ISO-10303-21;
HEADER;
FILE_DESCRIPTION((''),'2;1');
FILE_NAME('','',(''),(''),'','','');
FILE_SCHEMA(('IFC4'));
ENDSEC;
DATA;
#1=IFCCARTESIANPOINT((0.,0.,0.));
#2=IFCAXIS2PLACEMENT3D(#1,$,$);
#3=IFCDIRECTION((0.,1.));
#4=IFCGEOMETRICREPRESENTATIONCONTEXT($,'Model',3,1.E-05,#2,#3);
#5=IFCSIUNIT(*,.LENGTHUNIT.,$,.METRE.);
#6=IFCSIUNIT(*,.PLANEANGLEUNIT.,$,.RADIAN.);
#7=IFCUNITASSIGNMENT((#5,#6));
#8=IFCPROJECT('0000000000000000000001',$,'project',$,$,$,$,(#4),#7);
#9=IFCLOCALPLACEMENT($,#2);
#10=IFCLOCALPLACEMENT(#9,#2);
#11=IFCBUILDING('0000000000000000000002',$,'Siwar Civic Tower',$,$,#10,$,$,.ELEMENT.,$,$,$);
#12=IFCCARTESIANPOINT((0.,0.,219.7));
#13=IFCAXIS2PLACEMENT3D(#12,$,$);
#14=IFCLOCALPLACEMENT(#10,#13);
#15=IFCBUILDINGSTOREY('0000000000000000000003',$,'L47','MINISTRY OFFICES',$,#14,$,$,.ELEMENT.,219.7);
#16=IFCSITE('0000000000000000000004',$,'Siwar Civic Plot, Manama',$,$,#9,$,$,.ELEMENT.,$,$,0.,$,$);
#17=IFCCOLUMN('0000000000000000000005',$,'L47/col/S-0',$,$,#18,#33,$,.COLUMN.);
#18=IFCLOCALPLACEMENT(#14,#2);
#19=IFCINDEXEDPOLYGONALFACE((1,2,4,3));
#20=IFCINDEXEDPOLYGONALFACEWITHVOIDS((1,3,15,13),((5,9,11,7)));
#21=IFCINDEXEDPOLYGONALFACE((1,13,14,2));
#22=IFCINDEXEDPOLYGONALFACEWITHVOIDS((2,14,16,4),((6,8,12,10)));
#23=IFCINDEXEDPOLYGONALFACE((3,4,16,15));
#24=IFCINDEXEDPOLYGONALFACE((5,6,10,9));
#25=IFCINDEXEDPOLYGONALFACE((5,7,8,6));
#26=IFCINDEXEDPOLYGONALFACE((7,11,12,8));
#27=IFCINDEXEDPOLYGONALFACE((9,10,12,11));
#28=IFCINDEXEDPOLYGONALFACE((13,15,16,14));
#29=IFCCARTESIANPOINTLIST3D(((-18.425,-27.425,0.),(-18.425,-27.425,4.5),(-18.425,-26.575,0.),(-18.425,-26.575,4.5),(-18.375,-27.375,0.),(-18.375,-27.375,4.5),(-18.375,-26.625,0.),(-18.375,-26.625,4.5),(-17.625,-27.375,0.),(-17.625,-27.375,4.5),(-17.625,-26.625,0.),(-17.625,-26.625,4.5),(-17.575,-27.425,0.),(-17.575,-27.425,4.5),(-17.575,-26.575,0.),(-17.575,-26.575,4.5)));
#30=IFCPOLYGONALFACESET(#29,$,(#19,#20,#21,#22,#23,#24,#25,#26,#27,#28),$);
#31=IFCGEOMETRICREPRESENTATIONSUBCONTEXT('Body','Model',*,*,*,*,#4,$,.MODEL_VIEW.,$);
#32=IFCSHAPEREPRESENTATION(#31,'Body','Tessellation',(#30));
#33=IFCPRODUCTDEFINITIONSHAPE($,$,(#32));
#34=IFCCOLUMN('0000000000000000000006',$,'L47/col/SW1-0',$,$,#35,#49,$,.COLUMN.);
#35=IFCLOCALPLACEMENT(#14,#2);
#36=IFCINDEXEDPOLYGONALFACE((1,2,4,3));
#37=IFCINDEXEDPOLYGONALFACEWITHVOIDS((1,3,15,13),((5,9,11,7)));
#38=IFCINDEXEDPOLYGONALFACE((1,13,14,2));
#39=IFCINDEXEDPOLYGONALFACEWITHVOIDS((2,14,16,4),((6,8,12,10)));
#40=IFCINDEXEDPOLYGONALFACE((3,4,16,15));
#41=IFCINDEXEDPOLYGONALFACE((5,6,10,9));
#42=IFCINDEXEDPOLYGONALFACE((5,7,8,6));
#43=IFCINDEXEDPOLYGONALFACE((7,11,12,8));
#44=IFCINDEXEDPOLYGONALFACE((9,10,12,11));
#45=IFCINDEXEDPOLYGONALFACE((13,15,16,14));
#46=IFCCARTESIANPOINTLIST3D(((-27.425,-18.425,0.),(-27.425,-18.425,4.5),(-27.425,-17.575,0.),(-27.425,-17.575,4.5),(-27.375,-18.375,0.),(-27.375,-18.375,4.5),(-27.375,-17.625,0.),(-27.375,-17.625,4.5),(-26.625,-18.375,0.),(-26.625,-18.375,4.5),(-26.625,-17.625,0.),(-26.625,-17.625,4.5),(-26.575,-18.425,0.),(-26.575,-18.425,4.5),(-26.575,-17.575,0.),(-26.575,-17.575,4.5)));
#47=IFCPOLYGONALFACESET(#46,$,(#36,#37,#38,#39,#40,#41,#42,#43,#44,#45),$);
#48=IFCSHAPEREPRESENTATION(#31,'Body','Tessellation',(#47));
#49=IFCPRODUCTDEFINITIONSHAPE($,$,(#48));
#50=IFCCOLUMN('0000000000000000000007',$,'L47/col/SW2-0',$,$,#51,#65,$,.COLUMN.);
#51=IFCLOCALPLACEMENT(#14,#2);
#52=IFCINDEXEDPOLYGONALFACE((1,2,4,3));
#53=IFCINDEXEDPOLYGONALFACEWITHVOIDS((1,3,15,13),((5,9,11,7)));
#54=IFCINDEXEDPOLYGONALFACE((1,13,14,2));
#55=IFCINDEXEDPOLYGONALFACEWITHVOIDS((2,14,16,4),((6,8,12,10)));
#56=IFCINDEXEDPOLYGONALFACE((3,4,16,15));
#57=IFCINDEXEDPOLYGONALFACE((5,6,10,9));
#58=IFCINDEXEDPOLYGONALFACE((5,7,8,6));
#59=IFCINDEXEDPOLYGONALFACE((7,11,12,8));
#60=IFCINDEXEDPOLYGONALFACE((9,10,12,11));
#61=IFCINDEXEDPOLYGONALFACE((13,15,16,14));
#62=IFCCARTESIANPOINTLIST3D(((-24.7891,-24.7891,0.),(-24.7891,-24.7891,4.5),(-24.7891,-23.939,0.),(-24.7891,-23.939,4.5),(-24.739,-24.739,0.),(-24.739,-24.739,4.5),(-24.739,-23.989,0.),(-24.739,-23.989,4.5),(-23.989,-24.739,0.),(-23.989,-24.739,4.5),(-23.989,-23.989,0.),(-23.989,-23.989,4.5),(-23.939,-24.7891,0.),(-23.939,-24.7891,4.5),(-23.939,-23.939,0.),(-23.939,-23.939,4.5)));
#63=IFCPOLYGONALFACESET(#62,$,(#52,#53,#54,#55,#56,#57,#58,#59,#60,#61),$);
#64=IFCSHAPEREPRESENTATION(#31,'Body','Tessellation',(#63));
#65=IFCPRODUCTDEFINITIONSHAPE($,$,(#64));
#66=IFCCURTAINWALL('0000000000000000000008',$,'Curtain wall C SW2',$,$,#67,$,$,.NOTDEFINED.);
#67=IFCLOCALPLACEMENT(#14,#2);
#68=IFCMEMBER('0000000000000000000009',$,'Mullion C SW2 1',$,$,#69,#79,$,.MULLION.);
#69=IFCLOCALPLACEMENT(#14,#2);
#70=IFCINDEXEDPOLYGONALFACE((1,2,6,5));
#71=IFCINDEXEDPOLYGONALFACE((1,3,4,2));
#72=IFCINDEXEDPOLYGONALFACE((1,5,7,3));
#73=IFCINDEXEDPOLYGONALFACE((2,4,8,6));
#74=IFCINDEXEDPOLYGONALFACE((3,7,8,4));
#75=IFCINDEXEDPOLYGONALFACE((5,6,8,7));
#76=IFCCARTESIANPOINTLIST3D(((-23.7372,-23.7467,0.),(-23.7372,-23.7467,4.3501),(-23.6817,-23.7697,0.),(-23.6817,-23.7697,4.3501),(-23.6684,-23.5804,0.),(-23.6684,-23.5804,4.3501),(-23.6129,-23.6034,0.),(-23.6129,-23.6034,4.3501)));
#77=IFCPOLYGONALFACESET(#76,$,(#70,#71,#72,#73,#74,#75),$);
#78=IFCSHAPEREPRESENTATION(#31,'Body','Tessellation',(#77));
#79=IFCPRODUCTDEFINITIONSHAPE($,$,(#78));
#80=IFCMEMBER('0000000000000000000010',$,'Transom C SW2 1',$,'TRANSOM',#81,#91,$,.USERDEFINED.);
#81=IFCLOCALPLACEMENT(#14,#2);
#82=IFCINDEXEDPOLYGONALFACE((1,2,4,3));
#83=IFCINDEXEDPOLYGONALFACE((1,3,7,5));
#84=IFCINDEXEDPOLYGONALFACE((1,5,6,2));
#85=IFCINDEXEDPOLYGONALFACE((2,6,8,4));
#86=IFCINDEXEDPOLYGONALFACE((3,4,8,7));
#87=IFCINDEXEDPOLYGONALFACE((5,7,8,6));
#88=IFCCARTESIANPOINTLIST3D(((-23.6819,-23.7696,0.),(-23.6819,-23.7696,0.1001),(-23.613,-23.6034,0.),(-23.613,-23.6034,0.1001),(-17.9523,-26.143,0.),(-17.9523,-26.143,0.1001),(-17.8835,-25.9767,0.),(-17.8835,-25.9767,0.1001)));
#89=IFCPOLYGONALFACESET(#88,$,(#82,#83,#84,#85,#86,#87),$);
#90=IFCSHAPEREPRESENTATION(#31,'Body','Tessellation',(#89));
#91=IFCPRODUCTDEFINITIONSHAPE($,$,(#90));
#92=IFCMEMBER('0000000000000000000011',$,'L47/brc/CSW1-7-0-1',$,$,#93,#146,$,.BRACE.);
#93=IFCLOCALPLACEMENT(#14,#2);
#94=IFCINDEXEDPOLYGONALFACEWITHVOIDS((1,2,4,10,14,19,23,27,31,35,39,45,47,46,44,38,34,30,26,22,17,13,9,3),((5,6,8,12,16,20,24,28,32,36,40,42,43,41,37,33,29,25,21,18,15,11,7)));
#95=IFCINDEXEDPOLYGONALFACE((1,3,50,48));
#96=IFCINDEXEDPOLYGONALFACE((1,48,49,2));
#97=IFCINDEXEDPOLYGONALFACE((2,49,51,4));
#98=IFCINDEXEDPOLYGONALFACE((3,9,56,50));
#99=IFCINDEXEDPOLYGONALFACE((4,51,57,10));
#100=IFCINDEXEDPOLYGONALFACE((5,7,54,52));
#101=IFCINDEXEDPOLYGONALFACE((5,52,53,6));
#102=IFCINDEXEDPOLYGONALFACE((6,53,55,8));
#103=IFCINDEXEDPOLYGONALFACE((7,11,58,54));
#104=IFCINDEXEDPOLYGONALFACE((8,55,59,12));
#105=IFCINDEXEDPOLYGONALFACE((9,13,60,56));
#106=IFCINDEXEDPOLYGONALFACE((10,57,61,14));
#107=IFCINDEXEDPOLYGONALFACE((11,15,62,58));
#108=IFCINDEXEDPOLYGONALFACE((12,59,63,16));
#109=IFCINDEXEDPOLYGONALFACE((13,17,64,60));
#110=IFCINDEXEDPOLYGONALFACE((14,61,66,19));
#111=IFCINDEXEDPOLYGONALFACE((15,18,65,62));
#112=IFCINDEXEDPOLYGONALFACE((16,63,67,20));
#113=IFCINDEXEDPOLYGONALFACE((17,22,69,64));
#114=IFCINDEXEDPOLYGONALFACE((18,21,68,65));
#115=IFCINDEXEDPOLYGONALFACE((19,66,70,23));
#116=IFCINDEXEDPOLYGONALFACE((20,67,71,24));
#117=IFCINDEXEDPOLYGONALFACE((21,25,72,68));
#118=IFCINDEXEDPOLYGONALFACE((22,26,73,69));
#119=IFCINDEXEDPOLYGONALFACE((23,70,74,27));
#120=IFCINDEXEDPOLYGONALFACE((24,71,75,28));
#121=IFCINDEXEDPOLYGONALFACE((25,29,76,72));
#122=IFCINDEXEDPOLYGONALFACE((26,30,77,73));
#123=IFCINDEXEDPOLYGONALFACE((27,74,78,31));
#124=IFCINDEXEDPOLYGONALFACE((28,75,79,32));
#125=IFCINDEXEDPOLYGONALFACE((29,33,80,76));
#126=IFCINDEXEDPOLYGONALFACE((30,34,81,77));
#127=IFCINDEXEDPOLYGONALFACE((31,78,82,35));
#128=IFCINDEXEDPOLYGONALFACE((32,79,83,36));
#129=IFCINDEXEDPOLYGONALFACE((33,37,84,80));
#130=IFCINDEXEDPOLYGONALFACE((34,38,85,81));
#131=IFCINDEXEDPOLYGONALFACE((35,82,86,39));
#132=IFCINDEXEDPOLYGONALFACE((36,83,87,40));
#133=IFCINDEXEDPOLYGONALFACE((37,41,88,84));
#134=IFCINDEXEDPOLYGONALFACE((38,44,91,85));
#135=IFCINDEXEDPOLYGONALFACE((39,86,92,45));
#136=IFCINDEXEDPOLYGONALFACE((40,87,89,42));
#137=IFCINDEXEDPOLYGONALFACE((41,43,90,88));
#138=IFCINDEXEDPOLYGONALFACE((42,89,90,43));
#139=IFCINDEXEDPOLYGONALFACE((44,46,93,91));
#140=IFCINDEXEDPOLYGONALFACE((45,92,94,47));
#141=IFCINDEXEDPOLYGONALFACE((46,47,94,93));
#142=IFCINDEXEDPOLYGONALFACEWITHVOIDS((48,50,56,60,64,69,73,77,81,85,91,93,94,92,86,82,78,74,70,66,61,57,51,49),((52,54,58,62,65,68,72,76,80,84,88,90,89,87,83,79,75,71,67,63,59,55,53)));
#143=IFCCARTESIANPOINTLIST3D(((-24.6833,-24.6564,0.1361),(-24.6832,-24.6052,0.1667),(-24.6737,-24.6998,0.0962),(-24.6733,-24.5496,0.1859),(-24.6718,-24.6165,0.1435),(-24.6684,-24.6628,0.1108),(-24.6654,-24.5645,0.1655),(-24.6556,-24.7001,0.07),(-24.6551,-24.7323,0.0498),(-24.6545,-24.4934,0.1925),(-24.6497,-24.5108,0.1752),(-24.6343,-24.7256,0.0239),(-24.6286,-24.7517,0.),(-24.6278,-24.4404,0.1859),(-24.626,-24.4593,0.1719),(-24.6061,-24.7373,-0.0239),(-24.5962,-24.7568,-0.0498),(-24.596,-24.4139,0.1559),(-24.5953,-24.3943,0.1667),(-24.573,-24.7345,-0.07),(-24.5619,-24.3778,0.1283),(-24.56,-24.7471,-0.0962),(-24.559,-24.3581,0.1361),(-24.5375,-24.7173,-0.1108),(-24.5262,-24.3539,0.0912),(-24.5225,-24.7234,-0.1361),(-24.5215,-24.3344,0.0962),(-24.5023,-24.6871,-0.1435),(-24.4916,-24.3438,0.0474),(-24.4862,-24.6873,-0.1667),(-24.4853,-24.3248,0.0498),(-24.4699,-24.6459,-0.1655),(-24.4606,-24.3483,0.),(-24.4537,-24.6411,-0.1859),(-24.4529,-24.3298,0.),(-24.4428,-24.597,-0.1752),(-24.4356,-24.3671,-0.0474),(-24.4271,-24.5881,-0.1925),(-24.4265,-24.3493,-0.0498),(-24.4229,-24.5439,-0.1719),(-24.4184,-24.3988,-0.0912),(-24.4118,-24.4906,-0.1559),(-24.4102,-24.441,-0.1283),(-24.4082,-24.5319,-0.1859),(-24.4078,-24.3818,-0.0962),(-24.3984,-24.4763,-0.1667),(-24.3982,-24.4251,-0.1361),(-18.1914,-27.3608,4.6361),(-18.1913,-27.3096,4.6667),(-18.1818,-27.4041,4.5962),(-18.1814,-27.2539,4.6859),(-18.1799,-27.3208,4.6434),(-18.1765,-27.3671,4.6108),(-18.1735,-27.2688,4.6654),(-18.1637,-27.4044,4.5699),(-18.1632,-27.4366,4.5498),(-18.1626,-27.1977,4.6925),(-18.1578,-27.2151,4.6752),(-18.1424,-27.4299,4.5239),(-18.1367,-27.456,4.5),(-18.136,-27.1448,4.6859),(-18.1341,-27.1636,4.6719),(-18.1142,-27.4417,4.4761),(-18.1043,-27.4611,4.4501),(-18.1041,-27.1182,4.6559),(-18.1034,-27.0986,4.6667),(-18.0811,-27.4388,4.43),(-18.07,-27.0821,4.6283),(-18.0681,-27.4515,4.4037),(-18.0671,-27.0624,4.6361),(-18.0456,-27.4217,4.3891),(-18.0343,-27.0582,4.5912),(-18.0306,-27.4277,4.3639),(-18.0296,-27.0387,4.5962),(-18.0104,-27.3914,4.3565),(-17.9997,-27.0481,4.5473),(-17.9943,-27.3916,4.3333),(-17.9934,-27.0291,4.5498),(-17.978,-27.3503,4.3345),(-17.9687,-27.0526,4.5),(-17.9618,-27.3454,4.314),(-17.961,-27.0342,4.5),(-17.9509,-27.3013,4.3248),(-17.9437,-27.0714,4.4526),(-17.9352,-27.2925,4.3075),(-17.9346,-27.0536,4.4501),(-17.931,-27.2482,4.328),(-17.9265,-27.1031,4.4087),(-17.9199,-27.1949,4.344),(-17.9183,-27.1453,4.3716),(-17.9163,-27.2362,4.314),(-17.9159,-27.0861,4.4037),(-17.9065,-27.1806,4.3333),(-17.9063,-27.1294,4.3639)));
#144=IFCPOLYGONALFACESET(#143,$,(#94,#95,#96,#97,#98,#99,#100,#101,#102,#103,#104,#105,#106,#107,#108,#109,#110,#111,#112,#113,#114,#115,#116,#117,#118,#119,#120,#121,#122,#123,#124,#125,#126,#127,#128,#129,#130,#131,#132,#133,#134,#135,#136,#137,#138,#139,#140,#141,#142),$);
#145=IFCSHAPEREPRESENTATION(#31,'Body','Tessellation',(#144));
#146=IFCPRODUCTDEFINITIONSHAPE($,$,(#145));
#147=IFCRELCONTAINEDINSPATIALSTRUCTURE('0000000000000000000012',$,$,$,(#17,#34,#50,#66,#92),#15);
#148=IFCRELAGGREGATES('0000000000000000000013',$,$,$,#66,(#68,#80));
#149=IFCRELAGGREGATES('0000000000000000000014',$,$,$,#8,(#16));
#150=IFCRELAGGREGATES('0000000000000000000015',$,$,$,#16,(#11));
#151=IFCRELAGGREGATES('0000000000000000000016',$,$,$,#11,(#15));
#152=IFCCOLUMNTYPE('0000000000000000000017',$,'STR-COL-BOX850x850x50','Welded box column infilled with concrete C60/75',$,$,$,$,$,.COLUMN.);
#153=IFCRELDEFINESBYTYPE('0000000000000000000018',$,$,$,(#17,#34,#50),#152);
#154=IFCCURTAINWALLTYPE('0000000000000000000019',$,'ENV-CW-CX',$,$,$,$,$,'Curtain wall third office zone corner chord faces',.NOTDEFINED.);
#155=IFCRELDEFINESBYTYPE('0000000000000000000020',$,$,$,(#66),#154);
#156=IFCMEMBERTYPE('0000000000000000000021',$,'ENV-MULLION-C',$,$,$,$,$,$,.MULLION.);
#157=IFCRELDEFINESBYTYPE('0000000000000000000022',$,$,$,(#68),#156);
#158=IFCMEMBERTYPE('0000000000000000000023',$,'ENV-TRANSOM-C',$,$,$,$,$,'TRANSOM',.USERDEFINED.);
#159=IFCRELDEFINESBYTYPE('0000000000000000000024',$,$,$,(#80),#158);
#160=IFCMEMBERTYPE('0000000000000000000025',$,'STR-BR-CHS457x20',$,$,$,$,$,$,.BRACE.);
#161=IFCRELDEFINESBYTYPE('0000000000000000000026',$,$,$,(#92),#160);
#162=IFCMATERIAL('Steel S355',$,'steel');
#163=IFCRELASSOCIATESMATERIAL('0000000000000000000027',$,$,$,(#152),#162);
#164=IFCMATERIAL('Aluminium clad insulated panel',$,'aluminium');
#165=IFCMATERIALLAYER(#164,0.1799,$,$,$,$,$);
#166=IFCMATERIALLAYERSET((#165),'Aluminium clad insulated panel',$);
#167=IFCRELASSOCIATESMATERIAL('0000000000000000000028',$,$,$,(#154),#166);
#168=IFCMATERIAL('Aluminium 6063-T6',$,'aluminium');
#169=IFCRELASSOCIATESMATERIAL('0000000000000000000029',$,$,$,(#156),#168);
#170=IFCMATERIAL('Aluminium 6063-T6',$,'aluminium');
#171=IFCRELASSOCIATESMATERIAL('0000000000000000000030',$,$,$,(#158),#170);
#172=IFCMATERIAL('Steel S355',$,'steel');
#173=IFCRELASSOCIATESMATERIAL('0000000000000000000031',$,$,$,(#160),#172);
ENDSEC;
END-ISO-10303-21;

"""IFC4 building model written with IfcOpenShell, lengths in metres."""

from ifc_helpers import new_model, si_unit, direction, frame, origin, origin_2d, place, context, subcontext, project, spatial, rectangle, hollow_rectangle, hollow_circle, extrude, material, layer, layer_set, material_profile, profile_set, type_object, element, aggregate, save


model = new_model("IFC4")

# Units and contexts
model_context = context("Model", 3, precision=1e-05, world=origin(), true_north=direction((0.0, 1.0)))
body_context = subcontext(model_context, "Body", "Model", "MODEL_VIEW")
ifc_project = project(units=[si_unit("LENGTHUNIT", "METRE"), si_unit("PLANEANGLEUNIT", "RADIAN")], contexts=[model_context])

# Site, building, storey
site_placement = place(None, origin())
site = spatial("IfcSite", under=ifc_project, at=site_placement, Name="Siwar Civic Plot, Manama", CompositionType="ELEMENT", RefElevation=0.0)
building_placement = place(site_placement, origin())
building = spatial("IfcBuilding", under=site, at=building_placement, Name="Siwar Civic Tower", CompositionType="ELEMENT")
storey_placement = place(building_placement, frame((0.0, 0.0, 219.7)))
storey = spatial("IfcBuildingStorey", under=building, at=storey_placement, Name="L47", Description="MINISTRY OFFICES", CompositionType="ELEMENT", Elevation=219.7)

# Columns
ifc_material_1 = material(Name="Steel S355", Category="steel")
ifc_material_profile_1 = material_profile(ifc_material_1, hollow_rectangle(XDim=0.8501, YDim=0.8501, WallThickness=0.05, at=origin_2d()), Name="BOX850x850x50")
ifc_profile_set_1 = profile_set([ifc_material_profile_1], Name="Steel S355")
column_type = type_object("IfcColumnType", Name="STR-COL-BOX850x850x50", Description="Welded box column infilled with concrete C60/75", PredefinedType="COLUMN", material=ifc_profile_set_1)
for number, where, z_axis, x_axis, name in (
    (1, (-18.0, -27.0, 0.0), (0.0, 0.0, 1.0), (1.0, 0.0, 0.0), "L47/col/S-0"),
    (2, (-27.0, -18.0, 0.0), (0.0, 0.0, 1.0), (1.0, 0.0, 0.0), "L47/col/SW1-0"),
    (3, (-24.364, -24.364, 0.0), (0.0, 0.0, 1.0), (1.0, 0.0, 0.0), "L47/col/SW2-0"),
):
    element("IfcColumn", number, at=place(storey_placement, frame(where, z_axis=z_axis, x_axis=x_axis)), inside=storey, type_object=column_type, Name=name, PredefinedType="COLUMN", context=body_context, shape_type="SweptSolid", body=[
        extrude(hollow_rectangle(XDim=0.8501, YDim=0.8501, WallThickness=0.05, at=origin_2d()), origin(), (0.0, 0.0, 1.0), 4.5),
    ])

# Curtain wall, members
ifc_material_2 = material(Name="Aluminium clad insulated panel", Category="aluminium")
ifc_layer_1 = layer(ifc_material_2, 0.1799)
ifc_layer_set_1 = layer_set([ifc_layer_1], Name="Aluminium clad insulated panel")
curtain_wall_type = type_object("IfcCurtainWallType", Name="ENV-CW-CX", ElementType="Curtain wall third office zone corner chord faces", PredefinedType="NOTDEFINED", material=ifc_layer_set_1)
curtain_wall_1_placement = place(storey_placement, origin())
curtain_wall_1 = element("IfcCurtainWall", 4, at=curtain_wall_1_placement, inside=storey, type_object=curtain_wall_type, Name="Curtain wall C SW2", PredefinedType="NOTDEFINED")
ifc_material_3 = material(Name="Aluminium 6063-T6", Category="aluminium")
ifc_material_profile_2 = material_profile(ifc_material_3, rectangle(XDim=0.1799, YDim=0.0601, at=origin_2d()), Name="AL 180x60")
ifc_profile_set_2 = profile_set([ifc_material_profile_2], Name="Aluminium 6063-T6")
member_type_1 = type_object("IfcMemberType", Name="ENV-MULLION-C", PredefinedType="MULLION", material=ifc_profile_set_2)
member_1_placement = place(storey_placement, frame((-23.675, -23.675, 0.0), z_axis=(0.0, 0.0, 1.0), x_axis=(0.382683, 0.92388, 0.0)))
member_1 = element("IfcMember", 5, at=member_1_placement, type_object=member_type_1, Name="Mullion C SW2 1", PredefinedType="MULLION", context=body_context, shape_type="SweptSolid", body=[
    extrude(rectangle(XDim=0.1799, YDim=0.0601, at=origin_2d()), origin(), (0.0, 0.0, 1.0), 4.3501),
])
ifc_material_4 = material(Name="Aluminium 6063-T6", Category="aluminium")
ifc_material_profile_3 = material_profile(ifc_material_4, rectangle(XDim=0.1799, YDim=0.1001, at=origin_2d()), Name="AL 180x100")
ifc_profile_set_3 = profile_set([ifc_material_profile_3], Name="Aluminium 6063-T6")
member_type_2 = type_object("IfcMemberType", Name="ENV-TRANSOM-C", ElementType="TRANSOM", PredefinedType="USERDEFINED", material=ifc_profile_set_3)
member_2_placement = place(storey_placement, frame((-23.6475, -23.6865, 0.05), z_axis=(0.923876, -0.382691, 0.0), x_axis=(0.382691, 0.923876, 0.0)))
member_2 = element("IfcMember", 6, at=member_2_placement, type_object=member_type_2, Name="Transom C SW2 1", ObjectType="TRANSOM", PredefinedType="USERDEFINED", context=body_context, shape_type="SweptSolid", body=[
    extrude(rectangle(XDim=0.1799, YDim=0.1001, at=origin_2d()), origin(), (0.0, 0.0, 1.0), 6.2017),
])

# Member
ifc_material_5 = material(Name="Steel S355", Category="steel")
ifc_material_profile_4 = material_profile(ifc_material_5, hollow_circle(Radius=0.2285, WallThickness=0.02, at=origin_2d()), Name="CHS457x20")
ifc_profile_set_4 = profile_set([ifc_material_profile_4], Name="Steel S355")
member_type_3 = type_object("IfcMemberType", Name="STR-BR-CHS457x20", PredefinedType="BRACE", material=ifc_profile_set_4)
member_3_placement = place(storey_placement, frame((-24.5408, -24.5408, 0.0), z_axis=(0.777555, -0.323906, 0.538975), x_axis=(0.384539, 0.923109, 0.0)))
element("IfcMember", 7, at=member_3_placement, inside=storey, type_object=member_type_3, Name="L47/brc/CSW1-7-0-1", PredefinedType="BRACE", context=body_context, shape_type="SweptSolid", body=[
    extrude(hollow_circle(Radius=0.2285, WallThickness=0.02, at=origin_2d()), origin(), (0.0, 0.0, 1.0), 8.3491),
])

aggregate(curtain_wall_1, [member_1, member_2])

save(model, "model.ifc")
